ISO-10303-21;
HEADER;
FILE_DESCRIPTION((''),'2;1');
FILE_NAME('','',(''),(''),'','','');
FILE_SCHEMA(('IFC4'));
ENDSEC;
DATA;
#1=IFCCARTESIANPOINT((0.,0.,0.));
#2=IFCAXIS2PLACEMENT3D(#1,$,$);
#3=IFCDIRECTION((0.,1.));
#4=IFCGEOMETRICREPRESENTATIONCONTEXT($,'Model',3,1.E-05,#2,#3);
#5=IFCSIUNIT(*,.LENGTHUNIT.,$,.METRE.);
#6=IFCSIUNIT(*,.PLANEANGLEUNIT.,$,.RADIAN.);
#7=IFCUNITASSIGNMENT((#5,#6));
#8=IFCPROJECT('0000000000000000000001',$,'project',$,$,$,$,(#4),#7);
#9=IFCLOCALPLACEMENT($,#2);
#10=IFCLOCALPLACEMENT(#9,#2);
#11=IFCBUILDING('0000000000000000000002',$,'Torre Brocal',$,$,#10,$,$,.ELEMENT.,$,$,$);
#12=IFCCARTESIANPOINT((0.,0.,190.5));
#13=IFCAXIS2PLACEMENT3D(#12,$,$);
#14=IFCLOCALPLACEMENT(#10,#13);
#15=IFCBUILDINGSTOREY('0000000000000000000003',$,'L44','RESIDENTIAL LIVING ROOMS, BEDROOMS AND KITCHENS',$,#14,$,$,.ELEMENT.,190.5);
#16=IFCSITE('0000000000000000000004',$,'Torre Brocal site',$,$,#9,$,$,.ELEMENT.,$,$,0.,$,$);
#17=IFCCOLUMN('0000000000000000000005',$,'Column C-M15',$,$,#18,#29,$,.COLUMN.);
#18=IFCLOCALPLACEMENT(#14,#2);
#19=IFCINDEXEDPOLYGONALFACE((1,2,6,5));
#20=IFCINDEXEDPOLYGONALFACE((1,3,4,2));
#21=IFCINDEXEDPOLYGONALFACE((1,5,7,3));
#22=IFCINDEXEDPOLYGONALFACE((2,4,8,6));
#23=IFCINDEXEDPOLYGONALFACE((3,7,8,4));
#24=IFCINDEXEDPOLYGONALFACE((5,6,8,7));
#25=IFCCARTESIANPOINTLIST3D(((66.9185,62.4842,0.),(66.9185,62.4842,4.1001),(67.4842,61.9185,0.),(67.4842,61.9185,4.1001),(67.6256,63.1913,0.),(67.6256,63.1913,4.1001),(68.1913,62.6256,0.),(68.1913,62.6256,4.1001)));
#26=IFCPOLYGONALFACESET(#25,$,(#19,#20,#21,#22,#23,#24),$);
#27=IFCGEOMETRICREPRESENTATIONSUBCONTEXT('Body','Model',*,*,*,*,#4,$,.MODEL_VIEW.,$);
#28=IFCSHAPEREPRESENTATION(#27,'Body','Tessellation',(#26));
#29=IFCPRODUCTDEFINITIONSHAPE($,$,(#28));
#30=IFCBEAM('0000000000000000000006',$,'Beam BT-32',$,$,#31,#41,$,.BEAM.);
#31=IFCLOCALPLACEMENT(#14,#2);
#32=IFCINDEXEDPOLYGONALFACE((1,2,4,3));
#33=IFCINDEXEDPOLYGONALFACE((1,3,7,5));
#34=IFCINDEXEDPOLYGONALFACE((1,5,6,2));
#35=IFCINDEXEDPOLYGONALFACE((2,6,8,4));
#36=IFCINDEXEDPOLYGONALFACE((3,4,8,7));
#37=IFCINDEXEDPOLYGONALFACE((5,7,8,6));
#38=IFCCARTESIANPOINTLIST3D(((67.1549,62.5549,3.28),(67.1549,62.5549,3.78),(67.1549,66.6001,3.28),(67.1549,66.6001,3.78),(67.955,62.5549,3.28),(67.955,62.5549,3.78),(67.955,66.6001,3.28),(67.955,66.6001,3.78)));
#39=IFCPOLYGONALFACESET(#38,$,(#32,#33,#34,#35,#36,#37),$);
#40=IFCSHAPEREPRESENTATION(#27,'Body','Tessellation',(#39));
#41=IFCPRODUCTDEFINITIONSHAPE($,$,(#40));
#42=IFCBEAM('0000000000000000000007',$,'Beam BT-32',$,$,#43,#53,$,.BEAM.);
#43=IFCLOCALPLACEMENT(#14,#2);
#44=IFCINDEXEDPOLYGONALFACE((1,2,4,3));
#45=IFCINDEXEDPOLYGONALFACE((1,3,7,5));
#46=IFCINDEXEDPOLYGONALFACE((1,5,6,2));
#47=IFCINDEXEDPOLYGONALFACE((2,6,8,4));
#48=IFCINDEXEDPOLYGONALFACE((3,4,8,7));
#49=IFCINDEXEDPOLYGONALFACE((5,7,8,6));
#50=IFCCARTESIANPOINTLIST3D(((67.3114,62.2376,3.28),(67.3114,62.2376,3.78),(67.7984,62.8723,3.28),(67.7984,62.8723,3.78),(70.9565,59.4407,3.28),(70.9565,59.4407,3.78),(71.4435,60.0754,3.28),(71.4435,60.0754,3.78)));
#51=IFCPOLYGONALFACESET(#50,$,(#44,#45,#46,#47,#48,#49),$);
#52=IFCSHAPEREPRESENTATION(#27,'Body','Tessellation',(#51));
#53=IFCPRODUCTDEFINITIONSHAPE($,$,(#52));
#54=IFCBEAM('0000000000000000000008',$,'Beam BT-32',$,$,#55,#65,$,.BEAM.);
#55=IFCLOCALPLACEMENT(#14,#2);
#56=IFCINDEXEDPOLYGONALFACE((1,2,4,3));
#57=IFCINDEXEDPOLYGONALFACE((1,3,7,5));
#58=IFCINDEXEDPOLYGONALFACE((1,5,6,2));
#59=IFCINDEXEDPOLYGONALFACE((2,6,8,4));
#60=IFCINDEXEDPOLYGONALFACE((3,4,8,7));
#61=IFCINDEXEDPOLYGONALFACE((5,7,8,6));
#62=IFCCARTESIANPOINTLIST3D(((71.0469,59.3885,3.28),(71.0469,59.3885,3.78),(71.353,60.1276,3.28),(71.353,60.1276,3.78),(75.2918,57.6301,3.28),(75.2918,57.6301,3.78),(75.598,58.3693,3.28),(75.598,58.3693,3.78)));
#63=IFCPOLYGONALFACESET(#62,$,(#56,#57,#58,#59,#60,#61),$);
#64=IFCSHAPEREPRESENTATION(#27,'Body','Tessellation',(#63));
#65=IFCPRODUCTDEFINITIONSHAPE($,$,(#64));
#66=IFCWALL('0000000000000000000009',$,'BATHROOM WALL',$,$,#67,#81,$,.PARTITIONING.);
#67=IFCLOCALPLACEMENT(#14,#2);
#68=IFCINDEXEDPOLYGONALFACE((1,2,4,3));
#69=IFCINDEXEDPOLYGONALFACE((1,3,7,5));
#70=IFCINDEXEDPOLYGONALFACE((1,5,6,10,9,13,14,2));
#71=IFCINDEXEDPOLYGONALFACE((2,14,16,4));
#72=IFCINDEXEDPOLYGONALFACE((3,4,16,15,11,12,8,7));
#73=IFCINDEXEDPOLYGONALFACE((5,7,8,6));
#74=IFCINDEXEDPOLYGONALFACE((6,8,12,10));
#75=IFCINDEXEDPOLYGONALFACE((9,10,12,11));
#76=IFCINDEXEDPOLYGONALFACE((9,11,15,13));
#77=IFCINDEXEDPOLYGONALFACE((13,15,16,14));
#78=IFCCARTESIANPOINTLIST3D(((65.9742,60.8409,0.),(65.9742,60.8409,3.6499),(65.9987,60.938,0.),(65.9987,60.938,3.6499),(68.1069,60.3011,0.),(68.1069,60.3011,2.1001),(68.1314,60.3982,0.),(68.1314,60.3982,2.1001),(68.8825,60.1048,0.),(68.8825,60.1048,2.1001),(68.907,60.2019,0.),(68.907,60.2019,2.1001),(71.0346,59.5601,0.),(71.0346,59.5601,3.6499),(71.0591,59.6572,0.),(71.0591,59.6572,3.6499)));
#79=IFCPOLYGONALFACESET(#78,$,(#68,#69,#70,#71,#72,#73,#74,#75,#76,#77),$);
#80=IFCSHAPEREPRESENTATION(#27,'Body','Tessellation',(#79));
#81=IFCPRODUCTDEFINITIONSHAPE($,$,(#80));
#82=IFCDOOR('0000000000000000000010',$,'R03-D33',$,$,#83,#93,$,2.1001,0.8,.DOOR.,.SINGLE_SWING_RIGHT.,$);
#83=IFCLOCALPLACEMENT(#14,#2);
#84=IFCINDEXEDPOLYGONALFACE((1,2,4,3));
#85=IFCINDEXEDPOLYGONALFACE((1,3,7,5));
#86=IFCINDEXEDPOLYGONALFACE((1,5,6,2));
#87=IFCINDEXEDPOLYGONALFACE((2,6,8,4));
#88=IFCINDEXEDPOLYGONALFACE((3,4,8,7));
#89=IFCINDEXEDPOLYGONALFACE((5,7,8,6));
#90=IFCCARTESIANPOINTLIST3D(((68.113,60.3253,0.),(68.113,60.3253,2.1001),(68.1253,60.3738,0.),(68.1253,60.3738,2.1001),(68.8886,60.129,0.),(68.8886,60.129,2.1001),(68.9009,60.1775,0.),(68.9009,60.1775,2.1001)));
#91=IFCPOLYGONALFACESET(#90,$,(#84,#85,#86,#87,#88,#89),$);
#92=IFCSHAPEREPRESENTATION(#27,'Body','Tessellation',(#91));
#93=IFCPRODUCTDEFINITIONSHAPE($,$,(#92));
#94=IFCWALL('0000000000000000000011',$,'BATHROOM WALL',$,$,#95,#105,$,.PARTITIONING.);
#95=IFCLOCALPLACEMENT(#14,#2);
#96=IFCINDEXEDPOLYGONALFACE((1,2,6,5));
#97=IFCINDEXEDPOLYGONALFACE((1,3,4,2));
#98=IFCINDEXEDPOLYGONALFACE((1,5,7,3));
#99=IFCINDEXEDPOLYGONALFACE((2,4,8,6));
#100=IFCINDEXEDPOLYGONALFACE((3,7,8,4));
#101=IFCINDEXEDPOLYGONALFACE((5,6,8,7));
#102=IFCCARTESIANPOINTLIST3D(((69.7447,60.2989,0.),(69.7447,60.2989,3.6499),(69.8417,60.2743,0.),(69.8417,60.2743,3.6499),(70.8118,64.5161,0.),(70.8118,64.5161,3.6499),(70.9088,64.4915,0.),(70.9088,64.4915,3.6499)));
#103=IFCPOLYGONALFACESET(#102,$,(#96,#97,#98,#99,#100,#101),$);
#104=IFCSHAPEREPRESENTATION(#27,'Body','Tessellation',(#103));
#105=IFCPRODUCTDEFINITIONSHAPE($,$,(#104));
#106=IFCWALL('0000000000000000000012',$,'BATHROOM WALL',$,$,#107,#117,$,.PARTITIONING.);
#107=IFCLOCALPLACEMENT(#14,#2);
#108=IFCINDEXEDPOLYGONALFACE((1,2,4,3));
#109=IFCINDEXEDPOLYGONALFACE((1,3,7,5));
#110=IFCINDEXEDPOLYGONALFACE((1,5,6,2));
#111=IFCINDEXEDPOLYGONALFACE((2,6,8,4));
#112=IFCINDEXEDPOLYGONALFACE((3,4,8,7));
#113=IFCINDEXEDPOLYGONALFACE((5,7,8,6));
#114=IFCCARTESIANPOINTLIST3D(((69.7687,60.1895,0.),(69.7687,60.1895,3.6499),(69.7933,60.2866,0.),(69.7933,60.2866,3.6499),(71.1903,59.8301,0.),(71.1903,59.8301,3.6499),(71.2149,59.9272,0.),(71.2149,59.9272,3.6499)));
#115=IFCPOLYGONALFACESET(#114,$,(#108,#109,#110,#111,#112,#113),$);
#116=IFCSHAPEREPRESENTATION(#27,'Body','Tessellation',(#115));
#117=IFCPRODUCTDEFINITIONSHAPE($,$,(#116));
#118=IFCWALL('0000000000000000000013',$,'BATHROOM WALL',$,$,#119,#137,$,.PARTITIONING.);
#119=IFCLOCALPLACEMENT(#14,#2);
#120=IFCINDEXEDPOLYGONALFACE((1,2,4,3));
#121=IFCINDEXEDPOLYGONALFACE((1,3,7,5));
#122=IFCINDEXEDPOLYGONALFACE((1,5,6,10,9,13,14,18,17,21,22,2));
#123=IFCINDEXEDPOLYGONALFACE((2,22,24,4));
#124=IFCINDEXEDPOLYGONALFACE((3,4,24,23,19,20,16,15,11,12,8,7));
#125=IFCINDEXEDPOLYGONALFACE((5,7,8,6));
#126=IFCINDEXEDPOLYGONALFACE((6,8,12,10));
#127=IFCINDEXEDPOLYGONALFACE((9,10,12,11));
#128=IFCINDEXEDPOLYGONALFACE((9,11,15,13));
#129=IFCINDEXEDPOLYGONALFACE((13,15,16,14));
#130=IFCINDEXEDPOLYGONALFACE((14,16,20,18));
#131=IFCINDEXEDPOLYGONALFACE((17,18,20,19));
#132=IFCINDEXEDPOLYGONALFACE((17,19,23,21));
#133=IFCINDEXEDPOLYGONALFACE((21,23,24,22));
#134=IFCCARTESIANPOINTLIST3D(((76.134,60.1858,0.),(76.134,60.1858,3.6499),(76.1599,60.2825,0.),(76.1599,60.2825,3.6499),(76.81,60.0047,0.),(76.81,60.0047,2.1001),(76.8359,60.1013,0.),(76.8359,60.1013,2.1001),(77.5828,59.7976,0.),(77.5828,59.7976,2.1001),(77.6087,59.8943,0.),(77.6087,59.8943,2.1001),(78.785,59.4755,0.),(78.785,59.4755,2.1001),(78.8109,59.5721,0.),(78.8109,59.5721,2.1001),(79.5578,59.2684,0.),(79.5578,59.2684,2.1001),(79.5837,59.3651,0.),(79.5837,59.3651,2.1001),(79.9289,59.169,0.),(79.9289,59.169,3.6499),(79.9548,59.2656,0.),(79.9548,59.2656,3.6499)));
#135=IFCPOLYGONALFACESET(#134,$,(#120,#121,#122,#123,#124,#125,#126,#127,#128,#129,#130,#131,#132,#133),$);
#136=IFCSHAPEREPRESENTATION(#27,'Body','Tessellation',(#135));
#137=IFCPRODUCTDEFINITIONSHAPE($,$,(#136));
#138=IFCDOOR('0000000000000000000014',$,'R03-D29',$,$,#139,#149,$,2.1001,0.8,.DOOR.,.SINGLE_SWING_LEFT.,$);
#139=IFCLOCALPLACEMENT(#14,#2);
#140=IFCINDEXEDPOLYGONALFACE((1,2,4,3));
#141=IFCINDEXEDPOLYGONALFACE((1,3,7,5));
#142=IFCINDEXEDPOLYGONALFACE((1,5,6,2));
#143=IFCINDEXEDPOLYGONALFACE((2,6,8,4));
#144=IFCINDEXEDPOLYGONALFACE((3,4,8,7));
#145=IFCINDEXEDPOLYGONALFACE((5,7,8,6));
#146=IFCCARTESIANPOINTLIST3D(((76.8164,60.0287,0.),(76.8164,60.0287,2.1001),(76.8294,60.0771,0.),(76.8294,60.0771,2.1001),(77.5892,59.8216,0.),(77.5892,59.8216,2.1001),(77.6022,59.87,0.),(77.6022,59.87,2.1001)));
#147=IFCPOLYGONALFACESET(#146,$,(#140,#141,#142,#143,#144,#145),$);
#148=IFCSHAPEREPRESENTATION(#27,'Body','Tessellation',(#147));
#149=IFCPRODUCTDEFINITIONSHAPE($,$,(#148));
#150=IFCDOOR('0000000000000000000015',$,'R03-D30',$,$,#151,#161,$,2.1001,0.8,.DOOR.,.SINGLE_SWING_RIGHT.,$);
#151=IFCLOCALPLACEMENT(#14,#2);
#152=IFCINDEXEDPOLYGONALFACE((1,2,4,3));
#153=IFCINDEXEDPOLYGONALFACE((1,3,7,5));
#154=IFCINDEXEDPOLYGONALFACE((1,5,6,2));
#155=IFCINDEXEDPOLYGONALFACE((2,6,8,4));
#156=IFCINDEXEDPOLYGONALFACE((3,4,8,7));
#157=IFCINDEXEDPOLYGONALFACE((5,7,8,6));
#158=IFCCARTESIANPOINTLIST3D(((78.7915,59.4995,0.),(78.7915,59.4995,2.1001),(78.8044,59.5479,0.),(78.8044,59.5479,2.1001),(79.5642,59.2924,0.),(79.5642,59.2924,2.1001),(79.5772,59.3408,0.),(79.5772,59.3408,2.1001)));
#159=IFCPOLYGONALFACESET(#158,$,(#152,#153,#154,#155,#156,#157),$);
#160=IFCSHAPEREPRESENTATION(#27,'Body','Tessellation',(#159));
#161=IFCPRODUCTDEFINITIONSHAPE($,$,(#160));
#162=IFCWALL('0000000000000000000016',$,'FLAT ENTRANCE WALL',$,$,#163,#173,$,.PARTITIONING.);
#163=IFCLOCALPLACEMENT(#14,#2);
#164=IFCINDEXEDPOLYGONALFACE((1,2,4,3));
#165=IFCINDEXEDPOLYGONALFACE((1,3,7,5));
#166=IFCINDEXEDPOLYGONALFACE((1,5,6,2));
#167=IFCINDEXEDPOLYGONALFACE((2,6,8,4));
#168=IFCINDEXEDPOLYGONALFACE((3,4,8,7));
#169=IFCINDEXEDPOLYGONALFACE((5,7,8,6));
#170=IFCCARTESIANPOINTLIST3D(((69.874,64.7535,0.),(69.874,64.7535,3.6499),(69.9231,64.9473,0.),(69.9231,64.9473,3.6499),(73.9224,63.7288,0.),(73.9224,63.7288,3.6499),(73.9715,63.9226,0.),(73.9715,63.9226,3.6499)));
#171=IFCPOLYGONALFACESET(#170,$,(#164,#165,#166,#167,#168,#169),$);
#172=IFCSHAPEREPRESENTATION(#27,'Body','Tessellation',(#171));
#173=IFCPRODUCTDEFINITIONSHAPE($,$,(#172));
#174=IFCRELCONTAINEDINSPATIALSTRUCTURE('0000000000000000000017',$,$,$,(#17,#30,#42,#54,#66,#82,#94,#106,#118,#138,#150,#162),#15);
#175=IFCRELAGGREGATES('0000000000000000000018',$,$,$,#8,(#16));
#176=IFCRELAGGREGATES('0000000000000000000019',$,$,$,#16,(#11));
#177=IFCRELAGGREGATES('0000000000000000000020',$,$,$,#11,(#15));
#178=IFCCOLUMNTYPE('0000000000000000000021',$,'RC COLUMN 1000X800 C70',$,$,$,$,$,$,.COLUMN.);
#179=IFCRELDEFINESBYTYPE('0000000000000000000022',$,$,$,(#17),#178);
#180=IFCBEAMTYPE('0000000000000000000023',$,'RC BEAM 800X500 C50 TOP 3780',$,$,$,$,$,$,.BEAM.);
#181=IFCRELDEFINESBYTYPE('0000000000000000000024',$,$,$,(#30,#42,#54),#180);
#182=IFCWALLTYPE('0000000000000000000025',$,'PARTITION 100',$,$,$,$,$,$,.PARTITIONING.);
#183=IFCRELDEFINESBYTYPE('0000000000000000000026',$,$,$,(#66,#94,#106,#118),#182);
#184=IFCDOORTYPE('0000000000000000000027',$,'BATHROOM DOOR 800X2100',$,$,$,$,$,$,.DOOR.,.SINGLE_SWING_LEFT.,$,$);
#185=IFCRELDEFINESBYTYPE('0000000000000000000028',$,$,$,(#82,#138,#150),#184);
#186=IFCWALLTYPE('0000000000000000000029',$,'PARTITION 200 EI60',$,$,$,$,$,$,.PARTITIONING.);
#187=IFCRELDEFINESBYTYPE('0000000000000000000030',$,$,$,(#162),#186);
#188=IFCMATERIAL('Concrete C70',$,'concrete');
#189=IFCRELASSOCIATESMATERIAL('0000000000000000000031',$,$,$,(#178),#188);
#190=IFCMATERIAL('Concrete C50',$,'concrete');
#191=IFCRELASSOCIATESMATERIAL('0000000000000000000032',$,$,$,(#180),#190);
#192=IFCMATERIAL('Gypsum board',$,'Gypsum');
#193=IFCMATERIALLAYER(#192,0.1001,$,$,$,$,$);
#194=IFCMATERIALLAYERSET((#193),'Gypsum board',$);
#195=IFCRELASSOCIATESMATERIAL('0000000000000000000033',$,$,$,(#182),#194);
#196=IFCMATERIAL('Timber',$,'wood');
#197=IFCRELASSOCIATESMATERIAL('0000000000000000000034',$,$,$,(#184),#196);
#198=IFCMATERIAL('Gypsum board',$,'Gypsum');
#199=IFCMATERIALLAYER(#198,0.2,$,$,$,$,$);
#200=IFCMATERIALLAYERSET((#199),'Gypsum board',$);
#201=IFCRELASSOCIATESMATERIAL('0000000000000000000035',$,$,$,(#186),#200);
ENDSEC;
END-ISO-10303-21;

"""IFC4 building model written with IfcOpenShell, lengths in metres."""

from ifc_helpers import new_model, si_unit, direction, frame, frame_2d, origin, origin_2d, place, context, subcontext, project, spatial, rectangle, extrude, material, layer, layer_set, material_profile, profile_set, type_object, element, fill, save


model = new_model("IFC4")

# Units and contexts
model_context = context("Model", 3, precision=1e-05, world=origin(), true_north=direction((0.0, 1.0)))
body_context = subcontext(model_context, "Body", "Model", "MODEL_VIEW")
ifc_project = project(units=[si_unit("LENGTHUNIT", "METRE"), si_unit("PLANEANGLEUNIT", "RADIAN")], contexts=[model_context])

# Site, building, storey
site_placement = place(None, origin())
site = spatial("IfcSite", under=ifc_project, at=site_placement, Name="Torre Brocal site", CompositionType="ELEMENT", RefElevation=0.0)
building_placement = place(site_placement, origin())
building = spatial("IfcBuilding", under=site, at=building_placement, Name="Torre Brocal", CompositionType="ELEMENT")
storey_placement = place(building_placement, frame((0.0, 0.0, 190.5)))
storey = spatial("IfcBuildingStorey", under=building, at=storey_placement, Name="L44", Description="RESIDENTIAL LIVING ROOMS, BEDROOMS AND KITCHENS", CompositionType="ELEMENT", Elevation=190.5)

# Column
ifc_material_1 = material(Name="Concrete C70", Category="concrete")
ifc_material_profile_1 = material_profile(ifc_material_1, rectangle(XDim=1.0, YDim=0.8, at=origin_2d()), Name="RC 1000X800")
ifc_profile_set_1 = profile_set([ifc_material_profile_1], Name="Concrete C70")
column_type = type_object("IfcColumnType", Name="RC COLUMN 1000X800 C70", PredefinedType="COLUMN", material=ifc_profile_set_1)
column_placement = place(storey_placement, frame((67.5549, 62.5549, 0.0), z_axis=(0.0, 0.0, 1.0), x_axis=(-0.707107, -0.707107, 0.0)))
element("IfcColumn", 1, at=column_placement, inside=storey, type_object=column_type, Name="Column C-M15", PredefinedType="COLUMN", context=body_context, shape_type="SweptSolid", body=[
    extrude(rectangle(XDim=1.0, YDim=0.8, at=origin_2d()), origin(), (0.0, 0.0, 1.0), 4.1001),
])

# Beams
ifc_material_2 = material(Name="Concrete C50", Category="concrete")
ifc_material_profile_2 = material_profile(ifc_material_2, rectangle(XDim=0.8, YDim=0.5, at=origin_2d()), Name="RC 800X500")
ifc_profile_set_2 = profile_set([ifc_material_profile_2], Name="Concrete C50")
beam_type = type_object("IfcBeamType", Name="RC BEAM 800X500 C50 TOP 3780", PredefinedType="BEAM", material=ifc_profile_set_2)
beam_1_placement = place(storey_placement, frame((67.5549, 62.5549, 3.53), z_axis=(0.0, 1.0, 0.0), x_axis=(-1.0, 0.0, 0.0)))
element("IfcBeam", 2, at=beam_1_placement, inside=storey, type_object=beam_type, Name="Beam BT-32", PredefinedType="BEAM", context=body_context, shape_type="SweptSolid", body=[
    extrude(rectangle(XDim=0.8, YDim=0.5, at=origin_2d()), origin(), (0.0, 0.0, 1.0), 4.0452),
])
beam_2_placement = place(storey_placement, frame((67.5549, 62.5549, 3.53), z_axis=(0.793358, -0.608755, 0.0), x_axis=(0.608755, 0.793358, 0.0)))
element("IfcBeam", 3, at=beam_2_placement, inside=storey, type_object=beam_type, Name="Beam BT-32", PredefinedType="BEAM", context=body_context, shape_type="SweptSolid", body=[
    extrude(rectangle(XDim=0.8, YDim=0.5, at=origin_2d()), origin(), (0.0, 0.0, 1.0), 4.5945),
])
beam_3_placement = place(storey_placement, frame((71.2, 59.7581, 3.53), z_axis=(0.923878, -0.382687, 0.0), x_axis=(0.382687, 0.923878, 0.0)))
element("IfcBeam", 4, at=beam_3_placement, inside=storey, type_object=beam_type, Name="Beam BT-32", PredefinedType="BEAM", context=body_context, shape_type="SweptSolid", body=[
    extrude(rectangle(XDim=0.8, YDim=0.5, at=origin_2d()), origin(), (0.0, 0.0, 1.0), 4.5947),
])

# Wall, opening, door
ifc_material_3 = material(Name="Gypsum board", Category="Gypsum")
ifc_layer_1 = layer(ifc_material_3, 0.1001)
ifc_layer_set_1 = layer_set([ifc_layer_1], Name="Gypsum board")
wall_type_1 = type_object("IfcWallType", Name="PARTITION 100", PredefinedType="PARTITIONING", material=ifc_layer_set_1)
wall_1_placement = place(storey_placement, frame((65.9866, 60.8894, 0.0), z_axis=(0.0, 0.0, 1.0), x_axis=(0.969431, -0.245363, 0.0)))
wall_1 = element("IfcWall", 5, at=wall_1_placement, inside=storey, type_object=wall_type_1, Name="BATHROOM WALL", PredefinedType="PARTITIONING", context=body_context, shape_type="SweptSolid", body=[
    extrude(rectangle(XDim=5.22, YDim=0.1001, at=frame_2d((2.6099, 0.0))), origin(), (0.0, 0.0, 1.0), 3.6499),
])
opening_1_placement = place(wall_1_placement, frame((2.2, 0.0, 0.0)))
opening_1 = element("IfcOpeningElement", 6, at=opening_1_placement, cuts=wall_1, PredefinedType="OPENING", context=body_context, shape_type="SweptSolid", body=[
    extrude(rectangle(XDim=0.8, YDim=2.1001, at=frame_2d((0.3999, 1.05))), frame((0.0, 0.0601, 0.0), z_axis=(0.0, -1.0, 0.0), x_axis=(1.0, 0.0, 0.0)), (0.0, 0.0, 1.0), 0.1201),
])
ifc_material_4 = material(Name="Timber", Category="wood")
door_type_1 = type_object("IfcDoorType", Name="BATHROOM DOOR 800X2100", OperationType="SINGLE_SWING_LEFT", PredefinedType="DOOR", material=ifc_material_4)
door_1_placement = place(opening_1_placement, origin())
door_1 = element("IfcDoor", 7, at=door_1_placement, inside=storey, type_object=door_type_1, Name="R03-D33", OperationType="SINGLE_SWING_RIGHT", OverallHeight=2.1001, OverallWidth=0.8, PredefinedType="DOOR", context=body_context, shape_type="SweptSolid", body=[
    extrude(rectangle(XDim=0.8, YDim=2.1001, at=frame_2d((0.3999, 1.05))), frame((0.0, 0.0249, 0.0), z_axis=(0.0, -1.0, 0.0), x_axis=(1.0, 0.0, 0.0)), (0.0, 0.0, 1.0), 0.05),
])
fill(opening_1, door_1)

# Walls
wall_2_placement = place(storey_placement, frame((69.7932, 60.2866, 0.0), z_axis=(0.0, 0.0, 1.0), x_axis=(0.245308, 0.969445, 0.0)))
element("IfcWall", 8, at=wall_2_placement, inside=storey, type_object=wall_type_1, Name="BATHROOM WALL", PredefinedType="PARTITIONING", context=body_context, shape_type="SweptSolid", body=[
    extrude(rectangle(XDim=4.3501, YDim=0.1001, at=frame_2d((2.175, 0.0))), origin(), (0.0, 0.0, 1.0), 3.6499),
])
wall_3_placement = place(storey_placement, frame((69.781, 60.238, 0.0), z_axis=(0.0, 0.0, 1.0), x_axis=(0.969503, -0.245081, 0.0)))
element("IfcWall", 9, at=wall_3_placement, inside=storey, type_object=wall_type_1, Name="BATHROOM WALL", PredefinedType="PARTITIONING", context=body_context, shape_type="SweptSolid", body=[
    extrude(rectangle(XDim=1.4663, YDim=0.1001, at=frame_2d((0.7332, 0.0))), origin(), (0.0, 0.0, 1.0), 3.6499),
])

# Wall, openings, doors
wall_4_placement = place(storey_placement, frame((76.147, 60.2341, 0.0), z_axis=(0.0, 0.0, 1.0), x_axis=(0.965926, -0.258819, 0.0)))
wall_4 = element("IfcWall", 10, at=wall_4_placement, inside=storey, type_object=wall_type_1, Name="BATHROOM WALL", PredefinedType="PARTITIONING", context=body_context, shape_type="SweptSolid", body=[
    extrude(rectangle(XDim=3.9287, YDim=0.1001, at=frame_2d((1.9644, 0.0))), origin(), (0.0, 0.0, 1.0), 3.6499),
])
opening_2_placement = place(wall_4_placement, frame((0.7, 0.0, 0.0)))
opening_2 = element("IfcOpeningElement", 11, at=opening_2_placement, cuts=wall_4, PredefinedType="OPENING", context=body_context, shape_type="SweptSolid", body=[
    extrude(rectangle(XDim=0.8, YDim=2.1001, at=frame_2d((0.3999, 1.05))), frame((0.0, 0.0601, 0.0), z_axis=(0.0, -1.0, 0.0), x_axis=(1.0, 0.0, 0.0)), (0.0, 0.0, 1.0), 0.1201),
])
opening_3_placement = place(wall_4_placement, frame((2.7446, 0.0, 0.0)))
opening_3 = element("IfcOpeningElement", 12, at=opening_3_placement, cuts=wall_4, PredefinedType="OPENING", context=body_context, shape_type="SweptSolid", body=[
    extrude(rectangle(XDim=0.8, YDim=2.1001, at=frame_2d((0.3999, 1.05))), frame((0.0, 0.0601, 0.0), z_axis=(0.0, -1.0, 0.0), x_axis=(1.0, 0.0, 0.0)), (0.0, 0.0, 1.0), 0.1201),
])
door_2_placement = place(opening_2_placement, origin())
door_2 = element("IfcDoor", 13, at=door_2_placement, inside=storey, type_object=door_type_1, Name="R03-D29", OperationType="SINGLE_SWING_LEFT", OverallHeight=2.1001, OverallWidth=0.8, PredefinedType="DOOR", context=body_context, shape_type="SweptSolid", body=[
    extrude(rectangle(XDim=0.8, YDim=2.1001, at=frame_2d((0.3999, 1.05))), frame((0.0, 0.0249, 0.0), z_axis=(0.0, -1.0, 0.0), x_axis=(1.0, 0.0, 0.0)), (0.0, 0.0, 1.0), 0.05),
])
fill(opening_2, door_2)
door_3_placement = place(opening_3_placement, origin())
door_3 = element("IfcDoor", 14, at=door_3_placement, inside=storey, type_object=door_type_1, Name="R03-D30", OperationType="SINGLE_SWING_RIGHT", OverallHeight=2.1001, OverallWidth=0.8, PredefinedType="DOOR", context=body_context, shape_type="SweptSolid", body=[
    extrude(rectangle(XDim=0.8, YDim=2.1001, at=frame_2d((0.3999, 1.05))), frame((0.0, 0.0249, 0.0), z_axis=(0.0, -1.0, 0.0), x_axis=(1.0, 0.0, 0.0)), (0.0, 0.0, 1.0), 0.05),
])
fill(opening_3, door_3)

# Wall
ifc_material_5 = material(Name="Gypsum board", Category="Gypsum")
ifc_layer_2 = layer(ifc_material_5, 0.2)
ifc_layer_set_2 = layer_set([ifc_layer_2], Name="Gypsum board")
wall_type_2 = type_object("IfcWallType", Name="PARTITION 200 EI60", PredefinedType="PARTITIONING", material=ifc_layer_set_2)
wall_5_placement = place(storey_placement, frame((69.8987, 64.8503, 0.0), z_axis=(0.0, 0.0, 1.0), x_axis=(0.96943, -0.245368, 0.0)))
element("IfcWall", 15, at=wall_5_placement, inside=storey, type_object=wall_type_2, Name="FLAT ENTRANCE WALL", PredefinedType="PARTITIONING", context=body_context, shape_type="SweptSolid", body=[
    extrude(rectangle(XDim=4.176, YDim=0.2, at=frame_2d((2.0879, 0.0))), origin(), (0.0, 0.0, 1.0), 3.6499),
])

save(model, "model.ifc")
